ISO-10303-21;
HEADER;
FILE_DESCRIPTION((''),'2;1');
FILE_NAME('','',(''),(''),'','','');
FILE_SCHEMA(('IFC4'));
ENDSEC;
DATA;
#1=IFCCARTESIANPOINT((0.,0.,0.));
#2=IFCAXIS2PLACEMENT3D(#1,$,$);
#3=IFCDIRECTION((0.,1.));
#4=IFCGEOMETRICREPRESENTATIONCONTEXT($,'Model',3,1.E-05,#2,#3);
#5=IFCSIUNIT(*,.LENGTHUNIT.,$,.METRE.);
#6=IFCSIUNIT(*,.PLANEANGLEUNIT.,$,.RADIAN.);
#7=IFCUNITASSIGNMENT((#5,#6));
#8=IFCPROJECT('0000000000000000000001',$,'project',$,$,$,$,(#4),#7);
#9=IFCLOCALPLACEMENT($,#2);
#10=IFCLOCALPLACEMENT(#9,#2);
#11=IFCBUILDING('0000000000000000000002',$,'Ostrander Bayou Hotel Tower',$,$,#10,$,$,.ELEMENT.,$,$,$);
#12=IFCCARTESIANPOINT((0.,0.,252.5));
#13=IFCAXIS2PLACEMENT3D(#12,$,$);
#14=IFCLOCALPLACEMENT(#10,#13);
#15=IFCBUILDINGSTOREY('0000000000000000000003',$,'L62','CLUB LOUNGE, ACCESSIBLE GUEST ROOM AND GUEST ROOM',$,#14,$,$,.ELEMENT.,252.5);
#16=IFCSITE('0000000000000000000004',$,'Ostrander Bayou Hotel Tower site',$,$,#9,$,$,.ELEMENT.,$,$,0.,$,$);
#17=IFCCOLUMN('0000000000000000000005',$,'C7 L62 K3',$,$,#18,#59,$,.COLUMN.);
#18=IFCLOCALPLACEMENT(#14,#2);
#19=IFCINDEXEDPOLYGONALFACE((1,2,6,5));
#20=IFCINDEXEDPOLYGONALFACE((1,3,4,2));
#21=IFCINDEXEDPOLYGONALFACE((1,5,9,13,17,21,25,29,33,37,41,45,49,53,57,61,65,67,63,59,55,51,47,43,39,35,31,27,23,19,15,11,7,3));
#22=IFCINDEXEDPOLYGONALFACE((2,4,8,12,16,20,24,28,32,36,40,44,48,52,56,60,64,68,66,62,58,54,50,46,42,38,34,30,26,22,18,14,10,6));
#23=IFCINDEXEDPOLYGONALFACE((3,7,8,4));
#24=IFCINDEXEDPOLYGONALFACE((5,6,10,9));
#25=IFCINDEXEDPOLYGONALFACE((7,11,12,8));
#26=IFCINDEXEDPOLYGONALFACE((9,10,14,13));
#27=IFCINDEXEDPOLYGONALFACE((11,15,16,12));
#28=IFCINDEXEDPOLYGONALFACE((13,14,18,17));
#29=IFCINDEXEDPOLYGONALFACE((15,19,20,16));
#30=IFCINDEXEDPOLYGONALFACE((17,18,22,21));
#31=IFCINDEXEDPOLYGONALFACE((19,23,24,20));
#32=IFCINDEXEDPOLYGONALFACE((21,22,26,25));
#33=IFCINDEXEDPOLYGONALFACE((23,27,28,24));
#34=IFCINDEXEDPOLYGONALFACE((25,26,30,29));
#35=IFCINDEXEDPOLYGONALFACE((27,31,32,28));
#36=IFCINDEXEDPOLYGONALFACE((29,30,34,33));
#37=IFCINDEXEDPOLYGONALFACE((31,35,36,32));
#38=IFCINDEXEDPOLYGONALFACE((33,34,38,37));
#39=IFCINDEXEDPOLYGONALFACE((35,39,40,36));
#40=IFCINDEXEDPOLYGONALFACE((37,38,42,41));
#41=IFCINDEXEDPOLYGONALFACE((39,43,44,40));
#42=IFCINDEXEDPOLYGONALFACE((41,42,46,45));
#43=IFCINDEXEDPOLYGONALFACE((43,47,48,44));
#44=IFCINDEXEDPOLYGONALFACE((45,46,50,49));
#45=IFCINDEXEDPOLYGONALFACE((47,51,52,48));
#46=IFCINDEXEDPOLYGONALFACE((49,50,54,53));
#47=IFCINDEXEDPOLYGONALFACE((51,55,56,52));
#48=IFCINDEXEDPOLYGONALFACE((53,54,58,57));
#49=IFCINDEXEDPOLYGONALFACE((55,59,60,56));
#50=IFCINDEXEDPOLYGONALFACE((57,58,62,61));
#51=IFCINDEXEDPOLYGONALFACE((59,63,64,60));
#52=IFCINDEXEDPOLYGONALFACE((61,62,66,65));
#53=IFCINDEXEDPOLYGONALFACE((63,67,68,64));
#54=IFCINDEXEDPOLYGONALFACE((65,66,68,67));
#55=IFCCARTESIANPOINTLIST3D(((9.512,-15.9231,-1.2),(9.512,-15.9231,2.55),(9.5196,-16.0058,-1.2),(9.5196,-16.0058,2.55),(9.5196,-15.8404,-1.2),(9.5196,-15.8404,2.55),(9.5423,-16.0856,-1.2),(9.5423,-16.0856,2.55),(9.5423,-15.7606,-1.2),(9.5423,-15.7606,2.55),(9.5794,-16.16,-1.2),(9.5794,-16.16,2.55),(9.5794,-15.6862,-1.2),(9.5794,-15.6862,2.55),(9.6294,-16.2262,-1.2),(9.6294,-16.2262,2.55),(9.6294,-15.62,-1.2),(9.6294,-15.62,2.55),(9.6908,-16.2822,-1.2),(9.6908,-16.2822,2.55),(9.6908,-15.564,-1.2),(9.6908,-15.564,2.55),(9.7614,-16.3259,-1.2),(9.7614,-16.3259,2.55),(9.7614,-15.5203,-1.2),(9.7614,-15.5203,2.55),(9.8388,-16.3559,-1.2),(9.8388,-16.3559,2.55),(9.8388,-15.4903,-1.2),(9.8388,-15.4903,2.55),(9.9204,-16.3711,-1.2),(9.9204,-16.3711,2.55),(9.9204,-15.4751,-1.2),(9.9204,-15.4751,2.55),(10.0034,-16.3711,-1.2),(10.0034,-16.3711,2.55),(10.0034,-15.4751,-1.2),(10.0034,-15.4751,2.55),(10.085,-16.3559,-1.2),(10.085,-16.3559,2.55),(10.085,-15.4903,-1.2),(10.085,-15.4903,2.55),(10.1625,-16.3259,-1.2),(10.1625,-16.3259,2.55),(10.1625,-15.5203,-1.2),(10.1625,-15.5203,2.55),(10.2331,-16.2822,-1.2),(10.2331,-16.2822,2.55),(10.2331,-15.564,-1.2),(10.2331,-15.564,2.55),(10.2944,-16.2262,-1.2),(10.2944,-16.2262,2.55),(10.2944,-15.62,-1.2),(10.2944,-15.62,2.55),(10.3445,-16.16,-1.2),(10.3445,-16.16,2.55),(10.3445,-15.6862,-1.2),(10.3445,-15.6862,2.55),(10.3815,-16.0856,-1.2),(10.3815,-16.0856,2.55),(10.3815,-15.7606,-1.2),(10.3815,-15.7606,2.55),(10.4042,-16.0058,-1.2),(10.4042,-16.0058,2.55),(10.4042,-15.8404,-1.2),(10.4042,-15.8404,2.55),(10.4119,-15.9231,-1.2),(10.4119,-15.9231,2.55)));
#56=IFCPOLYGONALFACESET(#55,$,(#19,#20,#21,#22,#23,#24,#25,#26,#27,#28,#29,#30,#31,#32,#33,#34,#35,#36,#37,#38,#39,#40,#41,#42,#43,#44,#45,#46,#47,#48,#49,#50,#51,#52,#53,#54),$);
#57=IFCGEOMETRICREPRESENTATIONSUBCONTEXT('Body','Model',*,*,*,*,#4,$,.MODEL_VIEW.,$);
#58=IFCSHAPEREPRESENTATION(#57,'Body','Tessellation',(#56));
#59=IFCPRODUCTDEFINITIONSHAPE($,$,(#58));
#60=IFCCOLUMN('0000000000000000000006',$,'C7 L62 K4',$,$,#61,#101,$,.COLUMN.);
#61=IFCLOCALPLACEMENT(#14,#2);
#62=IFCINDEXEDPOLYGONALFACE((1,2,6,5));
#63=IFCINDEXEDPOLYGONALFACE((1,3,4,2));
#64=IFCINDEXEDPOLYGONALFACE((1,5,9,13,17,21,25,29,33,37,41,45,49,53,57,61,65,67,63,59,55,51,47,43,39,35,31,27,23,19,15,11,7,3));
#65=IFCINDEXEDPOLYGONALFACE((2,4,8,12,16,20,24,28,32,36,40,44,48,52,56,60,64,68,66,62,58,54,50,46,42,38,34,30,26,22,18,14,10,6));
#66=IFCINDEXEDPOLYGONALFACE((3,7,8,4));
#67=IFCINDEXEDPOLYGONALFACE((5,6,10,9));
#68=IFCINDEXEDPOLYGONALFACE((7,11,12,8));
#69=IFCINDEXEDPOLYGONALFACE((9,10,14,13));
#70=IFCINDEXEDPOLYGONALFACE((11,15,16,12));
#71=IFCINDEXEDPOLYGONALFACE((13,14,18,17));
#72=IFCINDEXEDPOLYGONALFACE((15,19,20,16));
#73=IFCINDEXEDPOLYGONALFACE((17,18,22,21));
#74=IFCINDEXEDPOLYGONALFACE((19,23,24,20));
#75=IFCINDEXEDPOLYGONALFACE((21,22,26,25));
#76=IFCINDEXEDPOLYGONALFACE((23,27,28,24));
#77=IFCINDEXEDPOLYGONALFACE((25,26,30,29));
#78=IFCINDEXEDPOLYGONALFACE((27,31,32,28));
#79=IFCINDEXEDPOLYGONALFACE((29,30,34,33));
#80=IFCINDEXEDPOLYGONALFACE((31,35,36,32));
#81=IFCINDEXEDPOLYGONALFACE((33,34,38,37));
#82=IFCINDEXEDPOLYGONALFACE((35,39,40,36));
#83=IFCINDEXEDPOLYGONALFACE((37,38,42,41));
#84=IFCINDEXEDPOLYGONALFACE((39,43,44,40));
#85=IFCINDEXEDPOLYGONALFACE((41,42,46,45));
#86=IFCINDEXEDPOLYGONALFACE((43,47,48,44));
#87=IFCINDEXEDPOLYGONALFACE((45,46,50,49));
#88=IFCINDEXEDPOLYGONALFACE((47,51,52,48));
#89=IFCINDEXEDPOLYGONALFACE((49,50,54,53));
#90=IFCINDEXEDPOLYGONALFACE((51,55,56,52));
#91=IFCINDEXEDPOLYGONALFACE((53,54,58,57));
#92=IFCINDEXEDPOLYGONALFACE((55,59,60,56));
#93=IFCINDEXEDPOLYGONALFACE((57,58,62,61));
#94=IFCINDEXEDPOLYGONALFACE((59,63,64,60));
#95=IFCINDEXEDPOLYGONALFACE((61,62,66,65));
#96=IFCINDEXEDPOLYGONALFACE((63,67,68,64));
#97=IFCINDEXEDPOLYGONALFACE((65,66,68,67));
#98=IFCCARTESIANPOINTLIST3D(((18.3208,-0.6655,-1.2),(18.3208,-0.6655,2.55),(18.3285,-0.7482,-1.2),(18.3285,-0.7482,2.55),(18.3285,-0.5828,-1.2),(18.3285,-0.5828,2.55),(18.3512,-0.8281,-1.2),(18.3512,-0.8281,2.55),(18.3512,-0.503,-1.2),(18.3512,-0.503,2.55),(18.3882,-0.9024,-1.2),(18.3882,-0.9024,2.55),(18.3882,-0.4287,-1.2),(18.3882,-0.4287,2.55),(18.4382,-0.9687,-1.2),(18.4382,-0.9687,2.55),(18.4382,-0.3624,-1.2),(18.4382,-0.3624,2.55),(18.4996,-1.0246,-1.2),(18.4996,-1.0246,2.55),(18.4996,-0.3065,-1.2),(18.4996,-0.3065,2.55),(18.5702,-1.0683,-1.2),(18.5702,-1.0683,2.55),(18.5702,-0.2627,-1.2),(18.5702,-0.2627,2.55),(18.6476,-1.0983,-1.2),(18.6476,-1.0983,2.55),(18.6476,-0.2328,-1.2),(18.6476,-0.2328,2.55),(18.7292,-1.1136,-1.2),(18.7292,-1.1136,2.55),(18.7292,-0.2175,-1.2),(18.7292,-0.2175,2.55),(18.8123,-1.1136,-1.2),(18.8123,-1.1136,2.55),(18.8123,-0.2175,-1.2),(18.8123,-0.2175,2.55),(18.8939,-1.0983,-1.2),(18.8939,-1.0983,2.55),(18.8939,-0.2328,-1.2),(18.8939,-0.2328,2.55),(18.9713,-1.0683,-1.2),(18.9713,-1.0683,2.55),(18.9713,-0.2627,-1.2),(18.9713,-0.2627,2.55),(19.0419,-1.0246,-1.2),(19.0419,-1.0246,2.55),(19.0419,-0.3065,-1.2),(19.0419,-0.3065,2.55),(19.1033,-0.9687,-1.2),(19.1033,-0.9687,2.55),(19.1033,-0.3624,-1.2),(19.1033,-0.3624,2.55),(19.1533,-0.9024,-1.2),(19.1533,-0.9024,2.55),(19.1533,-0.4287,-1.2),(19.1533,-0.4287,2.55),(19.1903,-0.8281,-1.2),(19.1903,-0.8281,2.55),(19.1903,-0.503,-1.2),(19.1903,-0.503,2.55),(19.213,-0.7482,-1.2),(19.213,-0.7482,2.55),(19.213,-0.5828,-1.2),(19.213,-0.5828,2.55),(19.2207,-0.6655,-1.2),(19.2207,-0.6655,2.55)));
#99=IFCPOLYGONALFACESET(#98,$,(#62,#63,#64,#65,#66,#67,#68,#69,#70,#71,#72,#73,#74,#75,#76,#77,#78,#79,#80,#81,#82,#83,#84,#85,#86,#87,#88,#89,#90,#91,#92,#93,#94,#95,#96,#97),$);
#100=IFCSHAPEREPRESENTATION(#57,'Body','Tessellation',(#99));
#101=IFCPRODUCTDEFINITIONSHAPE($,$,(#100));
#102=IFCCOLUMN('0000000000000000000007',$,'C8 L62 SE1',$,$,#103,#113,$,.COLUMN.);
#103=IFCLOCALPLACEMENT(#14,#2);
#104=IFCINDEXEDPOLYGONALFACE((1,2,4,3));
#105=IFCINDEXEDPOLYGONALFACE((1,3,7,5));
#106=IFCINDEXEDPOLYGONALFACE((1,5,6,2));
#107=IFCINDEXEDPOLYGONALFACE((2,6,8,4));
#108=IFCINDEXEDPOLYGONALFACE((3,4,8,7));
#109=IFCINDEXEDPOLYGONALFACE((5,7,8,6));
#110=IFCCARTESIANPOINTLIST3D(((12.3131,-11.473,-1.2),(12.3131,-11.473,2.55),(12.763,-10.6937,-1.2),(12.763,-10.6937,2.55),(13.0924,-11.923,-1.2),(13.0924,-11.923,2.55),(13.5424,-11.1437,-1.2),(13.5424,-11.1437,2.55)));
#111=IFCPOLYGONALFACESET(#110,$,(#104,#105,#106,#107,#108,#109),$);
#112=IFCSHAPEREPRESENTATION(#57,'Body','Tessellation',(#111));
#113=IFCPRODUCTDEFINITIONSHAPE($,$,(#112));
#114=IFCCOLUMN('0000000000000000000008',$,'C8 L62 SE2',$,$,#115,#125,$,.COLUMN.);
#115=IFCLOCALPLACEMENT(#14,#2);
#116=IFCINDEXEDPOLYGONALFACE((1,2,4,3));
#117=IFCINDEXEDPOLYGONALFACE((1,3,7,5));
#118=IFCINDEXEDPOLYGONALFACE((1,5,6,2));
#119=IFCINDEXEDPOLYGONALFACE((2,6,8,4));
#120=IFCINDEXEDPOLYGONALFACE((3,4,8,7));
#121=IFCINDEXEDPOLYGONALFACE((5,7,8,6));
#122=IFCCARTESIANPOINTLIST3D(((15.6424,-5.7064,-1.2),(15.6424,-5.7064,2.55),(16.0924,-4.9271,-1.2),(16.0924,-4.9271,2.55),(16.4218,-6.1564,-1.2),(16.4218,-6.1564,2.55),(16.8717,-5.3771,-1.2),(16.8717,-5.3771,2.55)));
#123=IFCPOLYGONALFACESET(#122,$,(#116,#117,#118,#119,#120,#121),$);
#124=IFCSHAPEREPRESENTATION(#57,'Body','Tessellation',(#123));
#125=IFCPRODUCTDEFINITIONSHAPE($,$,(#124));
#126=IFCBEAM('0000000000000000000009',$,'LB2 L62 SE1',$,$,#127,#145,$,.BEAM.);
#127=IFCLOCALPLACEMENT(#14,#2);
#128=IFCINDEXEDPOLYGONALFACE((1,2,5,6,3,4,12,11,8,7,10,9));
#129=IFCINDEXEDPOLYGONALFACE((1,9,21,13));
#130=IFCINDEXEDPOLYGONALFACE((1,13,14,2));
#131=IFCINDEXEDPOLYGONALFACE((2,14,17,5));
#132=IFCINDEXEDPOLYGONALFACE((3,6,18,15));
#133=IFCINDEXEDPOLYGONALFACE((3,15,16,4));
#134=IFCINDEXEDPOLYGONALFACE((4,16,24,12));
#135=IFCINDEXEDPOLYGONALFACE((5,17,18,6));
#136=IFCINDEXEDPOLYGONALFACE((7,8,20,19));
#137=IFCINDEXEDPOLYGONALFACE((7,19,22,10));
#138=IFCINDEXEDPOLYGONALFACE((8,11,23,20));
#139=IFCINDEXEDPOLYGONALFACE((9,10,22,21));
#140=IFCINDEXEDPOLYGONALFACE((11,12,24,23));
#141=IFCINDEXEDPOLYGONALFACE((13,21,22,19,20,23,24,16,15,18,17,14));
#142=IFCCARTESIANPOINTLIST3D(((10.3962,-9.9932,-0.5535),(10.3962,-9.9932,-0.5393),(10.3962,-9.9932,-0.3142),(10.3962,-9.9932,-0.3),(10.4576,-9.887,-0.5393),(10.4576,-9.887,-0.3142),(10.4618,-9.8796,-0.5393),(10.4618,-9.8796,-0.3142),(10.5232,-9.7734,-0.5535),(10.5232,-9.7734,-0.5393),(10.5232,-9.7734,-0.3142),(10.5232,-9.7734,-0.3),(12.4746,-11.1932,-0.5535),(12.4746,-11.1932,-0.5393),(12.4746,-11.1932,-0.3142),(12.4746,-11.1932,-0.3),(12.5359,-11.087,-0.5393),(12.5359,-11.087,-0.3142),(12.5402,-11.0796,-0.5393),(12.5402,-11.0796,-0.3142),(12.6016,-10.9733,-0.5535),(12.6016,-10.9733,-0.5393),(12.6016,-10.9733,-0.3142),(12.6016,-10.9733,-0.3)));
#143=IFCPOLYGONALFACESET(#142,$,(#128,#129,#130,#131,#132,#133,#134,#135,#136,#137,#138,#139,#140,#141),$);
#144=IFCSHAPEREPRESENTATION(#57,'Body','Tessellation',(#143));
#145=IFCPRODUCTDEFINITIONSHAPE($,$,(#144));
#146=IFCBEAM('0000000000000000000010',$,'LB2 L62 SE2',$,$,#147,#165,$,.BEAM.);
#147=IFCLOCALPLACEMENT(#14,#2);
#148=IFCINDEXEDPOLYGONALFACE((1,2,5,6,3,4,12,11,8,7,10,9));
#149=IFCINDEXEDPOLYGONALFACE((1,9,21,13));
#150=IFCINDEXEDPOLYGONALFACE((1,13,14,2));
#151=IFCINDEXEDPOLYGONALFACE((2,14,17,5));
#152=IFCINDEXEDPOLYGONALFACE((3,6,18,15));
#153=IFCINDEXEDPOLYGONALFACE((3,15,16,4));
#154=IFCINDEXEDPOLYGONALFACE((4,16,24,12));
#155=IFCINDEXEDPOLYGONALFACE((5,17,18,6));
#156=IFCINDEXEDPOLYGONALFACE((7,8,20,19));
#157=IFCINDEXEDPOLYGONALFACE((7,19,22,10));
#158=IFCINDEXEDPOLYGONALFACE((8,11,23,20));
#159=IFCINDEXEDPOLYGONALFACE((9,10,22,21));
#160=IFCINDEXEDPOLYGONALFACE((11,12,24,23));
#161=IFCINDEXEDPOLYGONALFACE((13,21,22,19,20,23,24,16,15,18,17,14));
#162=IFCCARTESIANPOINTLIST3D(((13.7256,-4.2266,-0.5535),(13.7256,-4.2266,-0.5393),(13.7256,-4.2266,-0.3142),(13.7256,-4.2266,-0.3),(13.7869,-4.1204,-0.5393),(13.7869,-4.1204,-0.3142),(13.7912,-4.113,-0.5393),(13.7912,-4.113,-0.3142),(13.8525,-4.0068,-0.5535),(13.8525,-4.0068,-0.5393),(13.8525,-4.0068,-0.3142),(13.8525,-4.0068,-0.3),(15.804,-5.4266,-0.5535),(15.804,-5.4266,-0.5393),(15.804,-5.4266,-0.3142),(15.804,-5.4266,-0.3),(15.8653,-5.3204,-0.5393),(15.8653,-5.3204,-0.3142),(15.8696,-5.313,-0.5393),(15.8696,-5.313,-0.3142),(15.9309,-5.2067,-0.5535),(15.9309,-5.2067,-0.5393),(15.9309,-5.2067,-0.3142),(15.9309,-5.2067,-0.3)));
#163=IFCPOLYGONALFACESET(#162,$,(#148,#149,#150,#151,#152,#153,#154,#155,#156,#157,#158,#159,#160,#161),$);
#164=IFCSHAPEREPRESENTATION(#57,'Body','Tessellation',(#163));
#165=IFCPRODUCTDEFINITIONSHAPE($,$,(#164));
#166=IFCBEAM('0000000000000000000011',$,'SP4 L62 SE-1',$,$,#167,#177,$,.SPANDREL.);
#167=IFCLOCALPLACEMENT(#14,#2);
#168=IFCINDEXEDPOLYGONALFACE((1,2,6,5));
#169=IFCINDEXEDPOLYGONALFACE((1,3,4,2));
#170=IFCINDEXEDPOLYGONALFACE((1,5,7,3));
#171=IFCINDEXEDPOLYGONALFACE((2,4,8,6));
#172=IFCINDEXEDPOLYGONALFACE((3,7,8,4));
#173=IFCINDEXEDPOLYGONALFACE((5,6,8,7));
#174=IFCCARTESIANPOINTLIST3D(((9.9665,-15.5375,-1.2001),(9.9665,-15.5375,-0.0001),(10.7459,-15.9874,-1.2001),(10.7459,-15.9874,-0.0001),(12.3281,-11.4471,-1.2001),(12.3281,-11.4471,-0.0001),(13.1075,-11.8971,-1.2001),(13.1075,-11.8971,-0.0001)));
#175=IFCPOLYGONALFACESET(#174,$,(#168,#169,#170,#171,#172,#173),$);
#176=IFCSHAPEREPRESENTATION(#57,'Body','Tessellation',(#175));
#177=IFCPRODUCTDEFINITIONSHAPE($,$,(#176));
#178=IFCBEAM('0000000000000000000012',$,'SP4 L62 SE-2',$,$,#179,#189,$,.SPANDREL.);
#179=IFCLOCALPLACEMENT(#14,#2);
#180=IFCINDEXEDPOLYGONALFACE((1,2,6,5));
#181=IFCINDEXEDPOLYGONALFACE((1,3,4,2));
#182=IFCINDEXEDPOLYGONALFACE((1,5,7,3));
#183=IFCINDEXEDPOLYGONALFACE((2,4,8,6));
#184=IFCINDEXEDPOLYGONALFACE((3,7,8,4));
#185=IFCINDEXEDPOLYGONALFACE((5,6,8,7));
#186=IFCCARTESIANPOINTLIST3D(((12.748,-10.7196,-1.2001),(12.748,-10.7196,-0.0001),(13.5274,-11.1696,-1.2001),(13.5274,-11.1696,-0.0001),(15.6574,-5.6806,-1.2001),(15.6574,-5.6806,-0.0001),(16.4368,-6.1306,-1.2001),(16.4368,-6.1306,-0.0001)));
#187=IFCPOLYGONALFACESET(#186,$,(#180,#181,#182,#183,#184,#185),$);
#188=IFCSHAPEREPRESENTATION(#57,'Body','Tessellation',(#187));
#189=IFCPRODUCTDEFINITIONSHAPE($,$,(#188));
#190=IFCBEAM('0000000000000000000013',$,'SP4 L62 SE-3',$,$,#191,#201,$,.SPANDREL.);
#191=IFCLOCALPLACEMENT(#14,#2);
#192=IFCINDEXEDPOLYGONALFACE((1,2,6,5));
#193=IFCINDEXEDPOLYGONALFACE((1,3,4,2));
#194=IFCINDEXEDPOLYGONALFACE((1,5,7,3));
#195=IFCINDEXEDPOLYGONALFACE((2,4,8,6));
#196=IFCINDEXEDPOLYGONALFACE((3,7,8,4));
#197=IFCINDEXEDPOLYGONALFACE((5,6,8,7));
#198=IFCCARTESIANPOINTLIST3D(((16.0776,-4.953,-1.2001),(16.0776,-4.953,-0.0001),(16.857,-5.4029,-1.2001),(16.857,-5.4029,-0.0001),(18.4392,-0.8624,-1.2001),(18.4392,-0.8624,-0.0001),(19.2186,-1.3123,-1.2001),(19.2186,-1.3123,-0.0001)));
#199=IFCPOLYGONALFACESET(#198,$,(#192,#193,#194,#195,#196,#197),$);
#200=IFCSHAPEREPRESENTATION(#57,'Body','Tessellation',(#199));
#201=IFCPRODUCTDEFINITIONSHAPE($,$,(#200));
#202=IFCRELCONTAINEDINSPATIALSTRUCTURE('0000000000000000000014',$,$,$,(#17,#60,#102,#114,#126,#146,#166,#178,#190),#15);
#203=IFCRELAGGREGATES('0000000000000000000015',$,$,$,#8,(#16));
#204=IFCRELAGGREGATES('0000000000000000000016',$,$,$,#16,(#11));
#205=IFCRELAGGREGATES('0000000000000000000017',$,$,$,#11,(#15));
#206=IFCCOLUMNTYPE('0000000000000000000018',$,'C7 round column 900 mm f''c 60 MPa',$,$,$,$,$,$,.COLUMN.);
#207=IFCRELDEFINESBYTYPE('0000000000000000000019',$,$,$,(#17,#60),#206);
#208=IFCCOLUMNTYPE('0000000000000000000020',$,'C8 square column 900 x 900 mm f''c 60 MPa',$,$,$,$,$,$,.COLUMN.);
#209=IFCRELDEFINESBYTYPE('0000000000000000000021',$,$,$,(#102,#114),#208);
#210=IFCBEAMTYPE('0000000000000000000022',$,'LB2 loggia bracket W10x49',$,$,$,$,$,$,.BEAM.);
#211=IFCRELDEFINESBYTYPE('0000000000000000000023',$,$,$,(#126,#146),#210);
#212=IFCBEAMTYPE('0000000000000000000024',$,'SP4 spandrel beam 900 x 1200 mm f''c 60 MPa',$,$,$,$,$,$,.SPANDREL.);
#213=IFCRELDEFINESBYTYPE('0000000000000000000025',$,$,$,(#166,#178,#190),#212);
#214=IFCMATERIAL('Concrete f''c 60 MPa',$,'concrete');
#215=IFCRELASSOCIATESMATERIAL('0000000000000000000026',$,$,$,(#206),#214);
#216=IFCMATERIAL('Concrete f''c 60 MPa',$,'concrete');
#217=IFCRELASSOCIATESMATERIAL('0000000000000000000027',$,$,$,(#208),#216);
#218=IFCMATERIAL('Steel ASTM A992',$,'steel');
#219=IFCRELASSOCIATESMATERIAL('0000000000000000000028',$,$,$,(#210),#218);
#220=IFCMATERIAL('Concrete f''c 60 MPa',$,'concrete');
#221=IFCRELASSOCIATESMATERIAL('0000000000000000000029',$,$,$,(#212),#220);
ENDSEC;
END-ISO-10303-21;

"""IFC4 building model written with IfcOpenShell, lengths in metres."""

from ifc_helpers import new_model, si_unit, direction, frame, origin, origin_2d, place, context, subcontext, project, spatial, rectangle, circle, i_section, extrude, material, material_profile, profile_set, type_object, element, save


model = new_model("IFC4")

# Units and contexts
model_context = context("Model", 3, precision=1e-05, world=origin(), true_north=direction((0.0, 1.0)))
body_context = subcontext(model_context, "Body", "Model", "MODEL_VIEW")
ifc_project = project(units=[si_unit("LENGTHUNIT", "METRE"), si_unit("PLANEANGLEUNIT", "RADIAN")], contexts=[model_context])

# Site, building, storey
site_placement = place(None, origin())
site = spatial("IfcSite", under=ifc_project, at=site_placement, Name="Ostrander Bayou Hotel Tower site", CompositionType="ELEMENT", RefElevation=0.0)
building_placement = place(site_placement, origin())
building = spatial("IfcBuilding", under=site, at=building_placement, Name="Ostrander Bayou Hotel Tower", CompositionType="ELEMENT")
storey_placement = place(building_placement, frame((0.0, 0.0, 252.5)))
storey = spatial("IfcBuildingStorey", under=building, at=storey_placement, Name="L62", Description="CLUB LOUNGE, ACCESSIBLE GUEST ROOM AND GUEST ROOM", CompositionType="ELEMENT", Elevation=252.5)

# Columns
ifc_material_1 = material(Name="Concrete f'c 60 MPa", Category="concrete")
ifc_material_profile_1 = material_profile(ifc_material_1, circle(Radius=0.45, at=origin_2d()))
ifc_profile_set_1 = profile_set([ifc_material_profile_1], Name="Concrete f'c 60 MPa")
column_type_1 = type_object("IfcColumnType", Name="C7 round column 900 mm f'c 60 MPa", PredefinedType="COLUMN", material=ifc_profile_set_1)
for number, where, z_axis, x_axis, name in (
    (1, (9.9619, -15.9231, -1.2), (0.0, 0.0, 1.0), (1.0, 0.0, 0.0), "C7 L62 K3"),
    (2, (18.7708, -0.6655, -1.2), (0.0, 0.0, 1.0), (1.0, 0.0, 0.0), "C7 L62 K4"),
):
    element("IfcColumn", number, at=place(storey_placement, frame(where, z_axis=z_axis, x_axis=x_axis)), inside=storey, type_object=column_type_1, Name=name, PredefinedType="COLUMN", context=body_context, shape_type="SweptSolid", body=[
        extrude(circle(Radius=0.45, at=origin_2d()), origin(), (0.0, 0.0, 1.0), 3.75),
    ])
ifc_material_2 = material(Name="Concrete f'c 60 MPa", Category="concrete")
ifc_material_profile_2 = material_profile(ifc_material_2, rectangle(XDim=0.8999, YDim=0.8999, at=origin_2d()))
ifc_profile_set_2 = profile_set([ifc_material_profile_2], Name="Concrete f'c 60 MPa")
column_type_2 = type_object("IfcColumnType", Name="C8 square column 900 x 900 mm f'c 60 MPa", PredefinedType="COLUMN", material=ifc_profile_set_2)
for number, where, z_axis, x_axis, name in (
    (3, (12.9277, -11.3083, -1.2), (0.0, 0.0, 1.0), (-0.5, -0.866025, 0.0), "C8 L62 SE1"),
    (4, (16.2571, -5.5417, -1.2), (0.0, 0.0, 1.0), (-0.5, -0.866025, 0.0), "C8 L62 SE2"),
):
    element("IfcColumn", number, at=place(storey_placement, frame(where, z_axis=z_axis, x_axis=x_axis)), inside=storey, type_object=column_type_2, Name=name, PredefinedType="COLUMN", context=body_context, shape_type="SweptSolid", body=[
        extrude(rectangle(XDim=0.8999, YDim=0.8999, at=origin_2d()), origin(), (0.0, 0.0, 1.0), 3.75),
    ])

# Beams
ifc_material_3 = material(Name="Steel ASTM A992", Category="steel")
ifc_material_profile_3 = material_profile(ifc_material_3, i_section(OverallWidth=0.2539, OverallDepth=0.2534, WebThickness=0.0085, FlangeThickness=0.0142, at=origin_2d()))
ifc_profile_set_3 = profile_set([ifc_material_profile_3], Name="Steel ASTM A992")
beam_type_1 = type_object("IfcBeamType", Name="LB2 loggia bracket W10x49", PredefinedType="BEAM", material=ifc_profile_set_3)
for number, where, z_axis, x_axis, name in (
    (5, (12.5381, -11.0833, -0.4268), (-0.866025, 0.500001, 0.0), (-0.500001, -0.866025, 0.0), "LB2 L62 SE1"),
    (6, (15.8674, -5.3167, -0.4268), (-0.866025, 0.500001, 0.0), (-0.500001, -0.866025, 0.0), "LB2 L62 SE2"),
):
    element("IfcBeam", number, at=place(storey_placement, frame(where, z_axis=z_axis, x_axis=x_axis)), inside=storey, type_object=beam_type_1, Name=name, PredefinedType="BEAM", context=body_context, shape_type="SweptSolid", body=[
        extrude(i_section(OverallWidth=0.2539, OverallDepth=0.2534, WebThickness=0.0085, FlangeThickness=0.0142, at=origin_2d()), origin(), (0.0, 0.0, 1.0), 2.3999),
    ])
ifc_material_4 = material(Name="Concrete f'c 60 MPa", Category="concrete")
ifc_material_profile_4 = material_profile(ifc_material_4, rectangle(XDim=0.8999, YDim=1.2, at=origin_2d()))
ifc_profile_set_4 = profile_set([ifc_material_profile_4], Name="Concrete f'c 60 MPa")
beam_type_2 = type_object("IfcBeamType", Name="SP4 spandrel beam 900 x 1200 mm f'c 60 MPa", PredefinedType="SPANDREL", material=ifc_profile_set_4)
beam_1_placement = place(storey_placement, frame((10.3562, -15.7625, -0.6001), z_axis=(0.500003, 0.866024, 0.0), x_axis=(-0.866024, 0.500003, 0.0)))
element("IfcBeam", 7, at=beam_1_placement, inside=storey, type_object=beam_type_2, Name="SP4 L62 SE-1", PredefinedType="SPANDREL", context=body_context, shape_type="SweptSolid", body=[
    extrude(rectangle(XDim=0.8999, YDim=1.2, at=origin_2d()), origin(), (0.0, 0.0, 1.0), 4.7231),
])
beam_2_placement = place(storey_placement, frame((13.1377, -10.9446, -0.6001), z_axis=(0.500015, 0.866016, 0.0), x_axis=(-0.866016, 0.500015, 0.0)))
element("IfcBeam", 8, at=beam_2_placement, inside=storey, type_object=beam_type_2, Name="SP4 L62 SE-2", PredefinedType="SPANDREL", context=body_context, shape_type="SweptSolid", body=[
    extrude(rectangle(XDim=0.8999, YDim=1.2, at=origin_2d()), origin(), (0.0, 0.0, 1.0), 5.8186),
])
beam_3_placement = place(storey_placement, frame((16.4673, -5.178, -0.6001), z_axis=(0.49998, 0.866037, 0.0), x_axis=(-0.866037, 0.49998, 0.0)))
element("IfcBeam", 9, at=beam_3_placement, inside=storey, type_object=beam_type_2, Name="SP4 L62 SE-3", PredefinedType="SPANDREL", context=body_context, shape_type="SweptSolid", body=[
    extrude(rectangle(XDim=0.8999, YDim=1.2, at=origin_2d()), origin(), (0.0, 0.0, 1.0), 4.7234),
])

save(model, "model.ifc")
